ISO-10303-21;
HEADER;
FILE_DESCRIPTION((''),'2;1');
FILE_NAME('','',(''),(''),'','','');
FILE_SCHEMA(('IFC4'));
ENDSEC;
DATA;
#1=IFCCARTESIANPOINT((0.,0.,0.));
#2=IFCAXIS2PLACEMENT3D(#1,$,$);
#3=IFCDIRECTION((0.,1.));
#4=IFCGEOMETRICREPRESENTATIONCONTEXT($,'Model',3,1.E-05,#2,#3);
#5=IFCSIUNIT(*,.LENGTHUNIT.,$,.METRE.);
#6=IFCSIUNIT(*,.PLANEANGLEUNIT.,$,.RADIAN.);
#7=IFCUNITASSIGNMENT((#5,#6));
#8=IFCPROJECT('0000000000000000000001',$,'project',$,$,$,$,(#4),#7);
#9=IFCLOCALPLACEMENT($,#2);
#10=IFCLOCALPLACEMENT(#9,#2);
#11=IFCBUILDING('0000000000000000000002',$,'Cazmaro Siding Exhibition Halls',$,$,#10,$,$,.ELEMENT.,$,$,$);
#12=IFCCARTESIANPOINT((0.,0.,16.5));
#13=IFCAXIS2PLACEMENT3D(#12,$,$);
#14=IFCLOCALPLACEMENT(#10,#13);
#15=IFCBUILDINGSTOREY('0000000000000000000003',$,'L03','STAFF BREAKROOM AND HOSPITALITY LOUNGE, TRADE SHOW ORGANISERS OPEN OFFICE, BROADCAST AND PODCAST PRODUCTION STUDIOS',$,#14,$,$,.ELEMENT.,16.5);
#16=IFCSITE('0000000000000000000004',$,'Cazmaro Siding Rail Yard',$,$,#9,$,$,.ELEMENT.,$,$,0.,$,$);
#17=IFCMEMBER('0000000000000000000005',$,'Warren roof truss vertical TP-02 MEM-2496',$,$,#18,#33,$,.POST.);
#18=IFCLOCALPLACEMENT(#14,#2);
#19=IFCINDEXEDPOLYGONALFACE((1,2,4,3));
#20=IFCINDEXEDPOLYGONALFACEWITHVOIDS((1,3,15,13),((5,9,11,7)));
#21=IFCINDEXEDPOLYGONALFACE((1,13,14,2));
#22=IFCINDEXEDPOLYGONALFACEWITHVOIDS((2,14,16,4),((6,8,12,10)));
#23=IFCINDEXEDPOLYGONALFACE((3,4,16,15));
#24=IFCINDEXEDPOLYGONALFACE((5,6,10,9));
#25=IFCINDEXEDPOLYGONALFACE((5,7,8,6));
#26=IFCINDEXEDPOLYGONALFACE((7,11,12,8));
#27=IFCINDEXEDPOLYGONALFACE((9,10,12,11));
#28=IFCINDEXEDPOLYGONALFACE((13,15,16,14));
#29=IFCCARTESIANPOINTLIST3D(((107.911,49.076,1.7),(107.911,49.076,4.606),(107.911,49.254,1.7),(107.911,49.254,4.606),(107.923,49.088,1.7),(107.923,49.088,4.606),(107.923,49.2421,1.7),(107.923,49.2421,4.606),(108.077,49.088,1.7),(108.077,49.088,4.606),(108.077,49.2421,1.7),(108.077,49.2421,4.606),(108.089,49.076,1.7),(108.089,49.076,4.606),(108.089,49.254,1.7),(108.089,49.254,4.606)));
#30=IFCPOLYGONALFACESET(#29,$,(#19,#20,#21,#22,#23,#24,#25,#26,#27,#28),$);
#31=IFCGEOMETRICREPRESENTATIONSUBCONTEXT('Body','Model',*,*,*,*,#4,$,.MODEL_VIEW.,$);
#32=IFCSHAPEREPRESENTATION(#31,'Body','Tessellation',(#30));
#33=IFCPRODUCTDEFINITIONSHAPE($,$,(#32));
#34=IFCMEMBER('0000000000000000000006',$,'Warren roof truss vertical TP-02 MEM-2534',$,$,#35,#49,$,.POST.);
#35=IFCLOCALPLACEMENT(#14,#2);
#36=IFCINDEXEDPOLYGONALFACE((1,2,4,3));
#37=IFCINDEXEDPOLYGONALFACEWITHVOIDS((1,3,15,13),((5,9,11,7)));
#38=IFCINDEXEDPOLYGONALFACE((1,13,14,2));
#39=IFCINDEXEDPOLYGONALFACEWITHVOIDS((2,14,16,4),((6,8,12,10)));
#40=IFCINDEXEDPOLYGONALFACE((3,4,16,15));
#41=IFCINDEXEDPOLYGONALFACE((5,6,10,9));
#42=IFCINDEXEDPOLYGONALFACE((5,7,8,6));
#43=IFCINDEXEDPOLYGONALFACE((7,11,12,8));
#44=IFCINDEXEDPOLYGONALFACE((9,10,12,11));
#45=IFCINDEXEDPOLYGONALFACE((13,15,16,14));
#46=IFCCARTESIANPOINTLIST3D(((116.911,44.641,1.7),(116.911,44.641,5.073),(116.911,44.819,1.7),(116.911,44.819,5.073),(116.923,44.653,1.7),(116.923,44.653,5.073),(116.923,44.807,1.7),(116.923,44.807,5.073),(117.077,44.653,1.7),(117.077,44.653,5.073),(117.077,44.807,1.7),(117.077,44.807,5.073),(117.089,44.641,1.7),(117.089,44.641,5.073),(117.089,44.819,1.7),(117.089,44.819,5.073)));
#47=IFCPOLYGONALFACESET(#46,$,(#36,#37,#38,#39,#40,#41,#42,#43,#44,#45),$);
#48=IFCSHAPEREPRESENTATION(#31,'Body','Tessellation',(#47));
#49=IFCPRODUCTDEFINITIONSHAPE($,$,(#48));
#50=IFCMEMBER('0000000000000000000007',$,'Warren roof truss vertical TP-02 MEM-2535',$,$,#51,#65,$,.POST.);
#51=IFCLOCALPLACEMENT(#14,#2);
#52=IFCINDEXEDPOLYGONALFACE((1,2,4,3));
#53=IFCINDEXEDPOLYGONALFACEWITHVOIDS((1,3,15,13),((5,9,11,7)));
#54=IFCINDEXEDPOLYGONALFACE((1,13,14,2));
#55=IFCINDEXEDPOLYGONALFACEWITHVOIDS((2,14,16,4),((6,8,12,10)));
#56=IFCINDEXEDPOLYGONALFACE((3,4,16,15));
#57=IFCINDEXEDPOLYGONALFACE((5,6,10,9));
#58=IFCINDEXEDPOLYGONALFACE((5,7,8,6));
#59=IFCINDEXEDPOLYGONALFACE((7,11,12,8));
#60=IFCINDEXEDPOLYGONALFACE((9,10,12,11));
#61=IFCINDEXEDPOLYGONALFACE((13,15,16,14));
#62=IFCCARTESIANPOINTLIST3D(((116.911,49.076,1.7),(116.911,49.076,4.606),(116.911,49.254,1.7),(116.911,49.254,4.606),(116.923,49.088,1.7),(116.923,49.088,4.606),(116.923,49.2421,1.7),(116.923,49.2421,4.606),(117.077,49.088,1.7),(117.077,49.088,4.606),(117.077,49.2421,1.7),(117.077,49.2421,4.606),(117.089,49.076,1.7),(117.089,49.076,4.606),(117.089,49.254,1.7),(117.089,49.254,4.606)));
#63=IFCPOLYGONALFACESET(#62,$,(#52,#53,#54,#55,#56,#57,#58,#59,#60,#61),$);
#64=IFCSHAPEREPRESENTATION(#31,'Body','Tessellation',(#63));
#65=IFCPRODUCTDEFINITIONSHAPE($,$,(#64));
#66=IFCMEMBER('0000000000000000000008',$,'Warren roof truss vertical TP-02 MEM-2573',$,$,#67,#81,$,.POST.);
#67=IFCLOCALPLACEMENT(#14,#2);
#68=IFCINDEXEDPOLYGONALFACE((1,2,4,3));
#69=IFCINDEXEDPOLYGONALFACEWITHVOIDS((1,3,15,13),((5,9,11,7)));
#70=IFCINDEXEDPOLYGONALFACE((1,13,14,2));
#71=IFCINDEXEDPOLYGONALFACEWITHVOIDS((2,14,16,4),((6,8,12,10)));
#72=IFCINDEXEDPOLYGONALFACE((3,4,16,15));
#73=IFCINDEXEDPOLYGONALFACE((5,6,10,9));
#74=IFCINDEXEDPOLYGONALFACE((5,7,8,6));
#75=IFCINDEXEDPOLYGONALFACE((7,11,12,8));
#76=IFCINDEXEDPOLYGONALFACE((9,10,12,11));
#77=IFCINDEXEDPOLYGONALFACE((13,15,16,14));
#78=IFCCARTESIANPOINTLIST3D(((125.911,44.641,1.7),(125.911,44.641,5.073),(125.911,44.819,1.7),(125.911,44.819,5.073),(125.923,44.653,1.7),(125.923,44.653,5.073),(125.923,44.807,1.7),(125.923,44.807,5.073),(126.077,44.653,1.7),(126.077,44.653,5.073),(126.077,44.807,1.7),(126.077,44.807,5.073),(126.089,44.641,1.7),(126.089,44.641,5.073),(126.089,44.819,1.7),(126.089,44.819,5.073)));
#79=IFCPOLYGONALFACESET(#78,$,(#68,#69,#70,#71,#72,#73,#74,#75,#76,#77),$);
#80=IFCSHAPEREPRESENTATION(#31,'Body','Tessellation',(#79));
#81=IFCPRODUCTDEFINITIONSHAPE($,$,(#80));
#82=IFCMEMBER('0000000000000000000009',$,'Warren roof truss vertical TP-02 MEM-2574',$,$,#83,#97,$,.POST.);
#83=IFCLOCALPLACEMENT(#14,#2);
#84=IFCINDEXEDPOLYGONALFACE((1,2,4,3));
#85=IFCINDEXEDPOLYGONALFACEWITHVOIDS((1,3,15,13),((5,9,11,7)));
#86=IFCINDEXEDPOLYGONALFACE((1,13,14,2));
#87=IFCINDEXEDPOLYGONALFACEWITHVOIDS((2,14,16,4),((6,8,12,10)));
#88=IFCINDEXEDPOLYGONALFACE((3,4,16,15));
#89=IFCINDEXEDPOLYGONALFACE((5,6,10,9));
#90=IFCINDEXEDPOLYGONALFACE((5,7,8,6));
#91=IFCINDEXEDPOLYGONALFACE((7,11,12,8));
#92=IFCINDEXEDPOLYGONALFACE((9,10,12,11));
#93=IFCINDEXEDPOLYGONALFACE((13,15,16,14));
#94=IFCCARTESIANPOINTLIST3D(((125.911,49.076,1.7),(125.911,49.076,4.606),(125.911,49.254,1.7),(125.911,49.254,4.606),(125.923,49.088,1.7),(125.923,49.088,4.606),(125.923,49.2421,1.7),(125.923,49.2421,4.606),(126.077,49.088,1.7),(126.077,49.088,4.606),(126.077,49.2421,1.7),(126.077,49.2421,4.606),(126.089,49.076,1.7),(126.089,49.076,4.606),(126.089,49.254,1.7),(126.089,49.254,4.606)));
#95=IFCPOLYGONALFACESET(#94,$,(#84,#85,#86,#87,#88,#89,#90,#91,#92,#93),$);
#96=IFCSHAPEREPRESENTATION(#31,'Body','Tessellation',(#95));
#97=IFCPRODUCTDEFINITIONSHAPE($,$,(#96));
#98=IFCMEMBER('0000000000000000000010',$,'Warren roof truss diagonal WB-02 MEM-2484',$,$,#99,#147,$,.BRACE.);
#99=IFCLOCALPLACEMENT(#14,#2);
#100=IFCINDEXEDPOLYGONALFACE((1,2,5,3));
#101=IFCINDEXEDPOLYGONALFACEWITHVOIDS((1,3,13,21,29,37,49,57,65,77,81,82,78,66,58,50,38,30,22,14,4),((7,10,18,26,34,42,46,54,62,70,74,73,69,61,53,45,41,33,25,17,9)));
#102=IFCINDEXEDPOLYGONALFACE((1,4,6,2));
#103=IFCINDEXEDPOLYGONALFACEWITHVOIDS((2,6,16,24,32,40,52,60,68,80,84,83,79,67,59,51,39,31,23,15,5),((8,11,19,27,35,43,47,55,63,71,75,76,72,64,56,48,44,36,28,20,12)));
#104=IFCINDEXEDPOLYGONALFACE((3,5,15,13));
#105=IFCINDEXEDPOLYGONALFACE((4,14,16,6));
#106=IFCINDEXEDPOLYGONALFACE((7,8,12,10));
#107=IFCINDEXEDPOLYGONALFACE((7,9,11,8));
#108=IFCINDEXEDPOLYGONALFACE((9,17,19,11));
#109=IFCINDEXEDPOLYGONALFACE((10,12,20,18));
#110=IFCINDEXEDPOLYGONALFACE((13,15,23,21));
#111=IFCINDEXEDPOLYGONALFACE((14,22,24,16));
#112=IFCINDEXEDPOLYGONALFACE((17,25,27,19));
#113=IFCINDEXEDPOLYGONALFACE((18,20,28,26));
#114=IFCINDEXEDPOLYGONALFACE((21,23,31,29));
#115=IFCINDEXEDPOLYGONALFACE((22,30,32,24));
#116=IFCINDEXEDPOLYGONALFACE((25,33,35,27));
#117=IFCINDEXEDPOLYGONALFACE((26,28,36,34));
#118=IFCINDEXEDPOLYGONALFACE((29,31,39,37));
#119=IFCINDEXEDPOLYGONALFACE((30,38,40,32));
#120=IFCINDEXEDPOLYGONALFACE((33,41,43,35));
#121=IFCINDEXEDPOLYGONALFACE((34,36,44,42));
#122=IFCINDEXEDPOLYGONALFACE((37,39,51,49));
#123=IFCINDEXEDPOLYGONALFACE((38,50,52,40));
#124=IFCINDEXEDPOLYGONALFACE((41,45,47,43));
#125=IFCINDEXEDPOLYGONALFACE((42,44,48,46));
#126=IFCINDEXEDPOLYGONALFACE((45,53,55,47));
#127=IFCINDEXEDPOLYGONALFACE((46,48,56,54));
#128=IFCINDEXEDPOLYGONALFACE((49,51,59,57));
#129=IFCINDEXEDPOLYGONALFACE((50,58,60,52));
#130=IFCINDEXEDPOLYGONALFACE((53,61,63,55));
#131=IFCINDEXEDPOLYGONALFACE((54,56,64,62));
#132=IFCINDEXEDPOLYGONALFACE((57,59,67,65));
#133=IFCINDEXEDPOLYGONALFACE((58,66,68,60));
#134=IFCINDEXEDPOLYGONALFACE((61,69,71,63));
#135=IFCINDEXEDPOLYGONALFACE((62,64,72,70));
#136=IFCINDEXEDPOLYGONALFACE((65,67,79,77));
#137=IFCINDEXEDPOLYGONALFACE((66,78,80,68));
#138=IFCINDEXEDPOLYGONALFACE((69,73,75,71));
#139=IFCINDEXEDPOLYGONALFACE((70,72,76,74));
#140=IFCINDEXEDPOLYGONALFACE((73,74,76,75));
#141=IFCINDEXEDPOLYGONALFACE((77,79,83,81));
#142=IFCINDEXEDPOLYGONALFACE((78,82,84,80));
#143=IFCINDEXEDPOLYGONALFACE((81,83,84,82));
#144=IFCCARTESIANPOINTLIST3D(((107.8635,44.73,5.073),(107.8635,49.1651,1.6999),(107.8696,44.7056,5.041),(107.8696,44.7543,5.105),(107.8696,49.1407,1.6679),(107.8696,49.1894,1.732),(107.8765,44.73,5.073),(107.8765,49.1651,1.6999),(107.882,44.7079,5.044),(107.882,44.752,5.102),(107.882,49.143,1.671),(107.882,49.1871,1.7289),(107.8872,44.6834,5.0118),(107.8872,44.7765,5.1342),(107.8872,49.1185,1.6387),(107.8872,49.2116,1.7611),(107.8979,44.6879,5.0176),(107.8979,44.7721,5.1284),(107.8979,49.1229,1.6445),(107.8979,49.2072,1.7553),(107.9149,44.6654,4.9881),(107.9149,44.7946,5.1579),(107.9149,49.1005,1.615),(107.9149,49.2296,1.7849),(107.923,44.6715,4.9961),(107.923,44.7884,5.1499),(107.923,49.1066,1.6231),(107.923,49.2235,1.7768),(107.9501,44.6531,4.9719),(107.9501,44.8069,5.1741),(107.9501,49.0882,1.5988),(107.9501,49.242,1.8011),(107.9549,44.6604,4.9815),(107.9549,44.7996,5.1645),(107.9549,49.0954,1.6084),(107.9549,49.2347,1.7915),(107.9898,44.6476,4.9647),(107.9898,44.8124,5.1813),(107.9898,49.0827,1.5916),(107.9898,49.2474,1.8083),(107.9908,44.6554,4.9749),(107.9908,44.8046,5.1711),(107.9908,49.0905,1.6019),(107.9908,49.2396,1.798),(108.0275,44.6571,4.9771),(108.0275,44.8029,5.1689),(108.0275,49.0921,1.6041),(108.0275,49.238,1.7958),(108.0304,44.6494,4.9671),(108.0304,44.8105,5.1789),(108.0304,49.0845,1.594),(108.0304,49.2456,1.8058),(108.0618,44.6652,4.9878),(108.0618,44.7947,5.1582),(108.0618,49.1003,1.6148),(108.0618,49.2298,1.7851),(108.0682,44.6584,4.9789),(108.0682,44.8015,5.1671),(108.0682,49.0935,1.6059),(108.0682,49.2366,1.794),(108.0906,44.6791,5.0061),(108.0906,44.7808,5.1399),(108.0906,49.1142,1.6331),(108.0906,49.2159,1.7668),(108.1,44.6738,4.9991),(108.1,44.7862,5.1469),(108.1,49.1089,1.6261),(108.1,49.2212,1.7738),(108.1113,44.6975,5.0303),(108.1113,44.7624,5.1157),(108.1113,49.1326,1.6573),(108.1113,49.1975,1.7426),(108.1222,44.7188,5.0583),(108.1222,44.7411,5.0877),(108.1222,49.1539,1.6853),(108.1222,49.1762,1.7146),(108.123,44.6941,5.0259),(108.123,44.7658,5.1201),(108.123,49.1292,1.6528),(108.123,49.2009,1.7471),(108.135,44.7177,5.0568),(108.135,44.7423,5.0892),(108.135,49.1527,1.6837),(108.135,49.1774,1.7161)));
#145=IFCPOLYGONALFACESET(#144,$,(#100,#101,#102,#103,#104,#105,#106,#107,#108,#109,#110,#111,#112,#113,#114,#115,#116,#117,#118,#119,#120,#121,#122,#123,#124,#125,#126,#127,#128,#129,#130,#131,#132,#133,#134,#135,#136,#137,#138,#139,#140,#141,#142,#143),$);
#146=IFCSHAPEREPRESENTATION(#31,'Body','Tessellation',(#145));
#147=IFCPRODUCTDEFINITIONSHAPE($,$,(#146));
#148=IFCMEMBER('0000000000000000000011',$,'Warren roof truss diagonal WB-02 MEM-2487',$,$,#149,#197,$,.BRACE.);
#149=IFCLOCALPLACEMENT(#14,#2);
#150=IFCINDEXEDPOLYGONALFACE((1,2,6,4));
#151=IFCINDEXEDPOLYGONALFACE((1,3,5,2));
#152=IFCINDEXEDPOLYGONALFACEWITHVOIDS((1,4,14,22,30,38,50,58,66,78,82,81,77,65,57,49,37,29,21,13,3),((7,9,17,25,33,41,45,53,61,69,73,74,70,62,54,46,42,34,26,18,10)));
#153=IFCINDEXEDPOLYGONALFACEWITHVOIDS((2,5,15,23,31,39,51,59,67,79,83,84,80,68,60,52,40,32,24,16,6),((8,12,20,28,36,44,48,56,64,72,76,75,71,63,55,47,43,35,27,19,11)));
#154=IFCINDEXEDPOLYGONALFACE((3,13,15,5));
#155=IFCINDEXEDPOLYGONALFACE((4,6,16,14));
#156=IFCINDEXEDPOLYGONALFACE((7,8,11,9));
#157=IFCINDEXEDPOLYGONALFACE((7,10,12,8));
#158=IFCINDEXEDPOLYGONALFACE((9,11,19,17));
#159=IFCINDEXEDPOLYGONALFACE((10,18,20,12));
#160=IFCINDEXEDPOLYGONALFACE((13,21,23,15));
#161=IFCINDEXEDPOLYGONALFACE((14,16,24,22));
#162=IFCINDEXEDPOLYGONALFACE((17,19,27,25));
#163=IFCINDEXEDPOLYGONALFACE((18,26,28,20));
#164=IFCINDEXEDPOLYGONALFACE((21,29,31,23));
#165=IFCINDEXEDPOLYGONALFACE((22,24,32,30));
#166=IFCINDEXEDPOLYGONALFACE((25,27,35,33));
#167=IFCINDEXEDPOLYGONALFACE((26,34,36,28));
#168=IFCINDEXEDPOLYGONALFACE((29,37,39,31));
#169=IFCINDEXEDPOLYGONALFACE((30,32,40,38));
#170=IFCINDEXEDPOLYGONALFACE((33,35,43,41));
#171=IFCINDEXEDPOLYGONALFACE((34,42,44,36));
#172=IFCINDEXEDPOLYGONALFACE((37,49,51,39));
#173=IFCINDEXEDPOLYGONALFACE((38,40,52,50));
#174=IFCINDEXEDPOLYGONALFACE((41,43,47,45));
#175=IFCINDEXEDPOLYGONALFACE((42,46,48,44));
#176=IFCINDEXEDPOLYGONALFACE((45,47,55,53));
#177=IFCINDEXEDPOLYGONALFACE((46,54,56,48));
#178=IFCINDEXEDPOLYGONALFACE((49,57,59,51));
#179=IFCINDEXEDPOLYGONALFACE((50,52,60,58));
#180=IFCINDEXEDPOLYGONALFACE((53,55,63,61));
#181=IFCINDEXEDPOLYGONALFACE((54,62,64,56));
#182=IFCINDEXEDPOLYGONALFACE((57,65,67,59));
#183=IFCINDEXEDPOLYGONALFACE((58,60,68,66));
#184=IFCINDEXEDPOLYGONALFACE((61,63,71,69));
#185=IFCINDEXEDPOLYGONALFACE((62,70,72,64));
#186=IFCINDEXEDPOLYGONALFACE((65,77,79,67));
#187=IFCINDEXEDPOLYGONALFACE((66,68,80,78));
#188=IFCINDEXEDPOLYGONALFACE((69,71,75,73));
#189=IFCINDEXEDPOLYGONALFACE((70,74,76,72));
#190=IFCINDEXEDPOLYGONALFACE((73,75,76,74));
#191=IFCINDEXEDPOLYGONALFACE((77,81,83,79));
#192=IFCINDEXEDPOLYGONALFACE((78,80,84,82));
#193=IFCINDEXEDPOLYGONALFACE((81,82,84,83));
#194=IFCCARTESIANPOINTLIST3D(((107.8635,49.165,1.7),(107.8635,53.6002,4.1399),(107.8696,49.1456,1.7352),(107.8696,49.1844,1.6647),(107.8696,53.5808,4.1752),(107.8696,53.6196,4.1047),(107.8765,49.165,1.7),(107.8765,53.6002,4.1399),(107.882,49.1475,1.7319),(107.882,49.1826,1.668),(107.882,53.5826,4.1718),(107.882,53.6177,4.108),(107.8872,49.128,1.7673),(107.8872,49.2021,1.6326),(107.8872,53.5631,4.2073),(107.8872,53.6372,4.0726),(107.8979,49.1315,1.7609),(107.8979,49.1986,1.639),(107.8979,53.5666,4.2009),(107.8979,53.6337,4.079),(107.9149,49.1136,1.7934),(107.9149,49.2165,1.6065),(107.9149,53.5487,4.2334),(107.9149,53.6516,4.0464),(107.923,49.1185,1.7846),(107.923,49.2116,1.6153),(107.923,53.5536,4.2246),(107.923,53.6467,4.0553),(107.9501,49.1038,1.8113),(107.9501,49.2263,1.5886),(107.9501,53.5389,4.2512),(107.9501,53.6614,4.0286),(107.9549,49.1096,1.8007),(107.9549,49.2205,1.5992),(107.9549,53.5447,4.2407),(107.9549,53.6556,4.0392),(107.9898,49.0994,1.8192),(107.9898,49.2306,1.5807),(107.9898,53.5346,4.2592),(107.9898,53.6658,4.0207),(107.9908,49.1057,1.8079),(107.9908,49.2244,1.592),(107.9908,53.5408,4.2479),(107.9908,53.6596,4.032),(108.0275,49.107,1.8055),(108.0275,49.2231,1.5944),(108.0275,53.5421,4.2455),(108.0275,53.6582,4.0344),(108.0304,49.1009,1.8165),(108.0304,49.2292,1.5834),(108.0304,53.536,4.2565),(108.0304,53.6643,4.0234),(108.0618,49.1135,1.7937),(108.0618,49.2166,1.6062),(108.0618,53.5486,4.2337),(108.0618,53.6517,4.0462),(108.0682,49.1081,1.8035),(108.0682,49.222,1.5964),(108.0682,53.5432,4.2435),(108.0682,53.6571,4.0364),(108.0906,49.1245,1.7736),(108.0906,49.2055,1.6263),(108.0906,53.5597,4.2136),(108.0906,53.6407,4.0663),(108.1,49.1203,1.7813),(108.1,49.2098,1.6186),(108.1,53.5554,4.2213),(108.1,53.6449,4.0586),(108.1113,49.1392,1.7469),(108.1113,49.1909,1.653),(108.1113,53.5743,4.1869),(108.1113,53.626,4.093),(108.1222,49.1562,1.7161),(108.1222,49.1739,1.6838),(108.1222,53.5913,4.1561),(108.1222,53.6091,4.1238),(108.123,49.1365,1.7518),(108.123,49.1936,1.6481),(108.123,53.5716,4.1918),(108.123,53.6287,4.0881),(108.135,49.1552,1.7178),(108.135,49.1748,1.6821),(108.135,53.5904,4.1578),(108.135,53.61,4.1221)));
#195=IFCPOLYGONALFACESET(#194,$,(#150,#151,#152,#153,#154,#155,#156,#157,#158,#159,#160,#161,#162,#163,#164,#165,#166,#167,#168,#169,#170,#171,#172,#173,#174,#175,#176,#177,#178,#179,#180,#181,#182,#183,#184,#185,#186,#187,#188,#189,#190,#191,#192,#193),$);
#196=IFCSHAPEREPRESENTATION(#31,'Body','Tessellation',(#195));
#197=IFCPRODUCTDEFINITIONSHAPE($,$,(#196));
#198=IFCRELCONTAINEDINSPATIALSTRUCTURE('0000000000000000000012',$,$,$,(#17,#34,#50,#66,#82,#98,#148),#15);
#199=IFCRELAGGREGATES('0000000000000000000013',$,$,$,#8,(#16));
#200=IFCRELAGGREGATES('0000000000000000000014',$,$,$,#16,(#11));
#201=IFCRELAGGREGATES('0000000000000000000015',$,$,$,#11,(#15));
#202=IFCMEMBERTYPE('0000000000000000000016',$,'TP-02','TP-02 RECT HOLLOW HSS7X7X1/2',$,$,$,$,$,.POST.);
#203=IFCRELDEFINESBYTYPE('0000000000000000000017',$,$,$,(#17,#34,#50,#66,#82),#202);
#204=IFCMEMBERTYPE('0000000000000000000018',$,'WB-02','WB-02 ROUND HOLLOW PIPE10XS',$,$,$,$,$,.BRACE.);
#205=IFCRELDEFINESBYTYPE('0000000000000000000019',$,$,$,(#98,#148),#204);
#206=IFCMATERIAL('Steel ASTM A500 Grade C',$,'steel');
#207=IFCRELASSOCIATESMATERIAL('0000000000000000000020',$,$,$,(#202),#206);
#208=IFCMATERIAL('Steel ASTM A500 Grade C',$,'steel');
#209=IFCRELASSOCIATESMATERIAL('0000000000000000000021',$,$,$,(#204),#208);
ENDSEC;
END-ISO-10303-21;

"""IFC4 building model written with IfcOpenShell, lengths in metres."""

from ifc_helpers import new_model, si_unit, direction, frame, origin, origin_2d, place, context, subcontext, project, spatial, hollow_rectangle, hollow_circle, extrude, material, material_profile, profile_set, type_object, element, save


model = new_model("IFC4")

# Units and contexts
model_context = context("Model", 3, precision=1e-05, world=origin(), true_north=direction((0.0, 1.0)))
body_context = subcontext(model_context, "Body", "Model", "MODEL_VIEW")
ifc_project = project(units=[si_unit("LENGTHUNIT", "METRE"), si_unit("PLANEANGLEUNIT", "RADIAN")], contexts=[model_context])

# Site, building, storey
site_placement = place(None, origin())
site = spatial("IfcSite", under=ifc_project, at=site_placement, Name="Cazmaro Siding Rail Yard", CompositionType="ELEMENT", RefElevation=0.0)
building_placement = place(site_placement, origin())
building = spatial("IfcBuilding", under=site, at=building_placement, Name="Cazmaro Siding Exhibition Halls", CompositionType="ELEMENT")
storey_placement = place(building_placement, frame((0.0, 0.0, 16.5)))
storey = spatial("IfcBuildingStorey", under=building, at=storey_placement, Name="L03", Description="STAFF BREAKROOM AND HOSPITALITY LOUNGE, TRADE SHOW ORGANISERS OPEN OFFICE, BROADCAST AND PODCAST PRODUCTION STUDIOS", CompositionType="ELEMENT", Elevation=16.5)

# Members
ifc_material_1 = material(Name="Steel ASTM A500 Grade C", Category="steel")
ifc_material_profile_1 = material_profile(ifc_material_1, hollow_rectangle(XDim=0.178, YDim=0.178, WallThickness=0.012, at=origin_2d()), Name="HSS7X7X1/2")
ifc_profile_set_1 = profile_set([ifc_material_profile_1], Name="Steel ASTM A500 Grade C")
member_type_1 = type_object("IfcMemberType", Name="TP-02", Description="TP-02 RECT HOLLOW HSS7X7X1/2", PredefinedType="POST", material=ifc_profile_set_1)
member_1_placement = place(storey_placement, frame((108.0, 49.165, 1.7), z_axis=(0.0, 0.0, 1.0), x_axis=(1.0, 0.0, 0.0)))
element("IfcMember", 1, at=member_1_placement, inside=storey, type_object=member_type_1, Name="Warren roof truss vertical TP-02 MEM-2496", PredefinedType="POST", context=body_context, shape_type="SweptSolid", body=[
    extrude(hollow_rectangle(XDim=0.178, YDim=0.178, WallThickness=0.012, at=origin_2d()), origin(), (0.0, 0.0, 1.0), 2.906),
])
member_2_placement = place(storey_placement, frame((117.0, 44.73, 1.7), z_axis=(0.0, 0.0, 1.0), x_axis=(1.0, 0.0, 0.0)))
element("IfcMember", 2, at=member_2_placement, inside=storey, type_object=member_type_1, Name="Warren roof truss vertical TP-02 MEM-2534", PredefinedType="POST", context=body_context, shape_type="SweptSolid", body=[
    extrude(hollow_rectangle(XDim=0.178, YDim=0.178, WallThickness=0.012, at=origin_2d()), origin(), (0.0, 0.0, 1.0), 3.373),
])
member_3_placement = place(storey_placement, frame((117.0, 49.165, 1.7), z_axis=(0.0, 0.0, 1.0), x_axis=(1.0, 0.0, 0.0)))
element("IfcMember", 3, at=member_3_placement, inside=storey, type_object=member_type_1, Name="Warren roof truss vertical TP-02 MEM-2535", PredefinedType="POST", context=body_context, shape_type="SweptSolid", body=[
    extrude(hollow_rectangle(XDim=0.178, YDim=0.178, WallThickness=0.012, at=origin_2d()), origin(), (0.0, 0.0, 1.0), 2.906),
])
member_4_placement = place(storey_placement, frame((126.0, 44.73, 1.7), z_axis=(0.0, 0.0, 1.0), x_axis=(1.0, 0.0, 0.0)))
element("IfcMember", 4, at=member_4_placement, inside=storey, type_object=member_type_1, Name="Warren roof truss vertical TP-02 MEM-2573", PredefinedType="POST", context=body_context, shape_type="SweptSolid", body=[
    extrude(hollow_rectangle(XDim=0.178, YDim=0.178, WallThickness=0.012, at=origin_2d()), origin(), (0.0, 0.0, 1.0), 3.373),
])
member_5_placement = place(storey_placement, frame((126.0, 49.165, 1.7), z_axis=(0.0, 0.0, 1.0), x_axis=(1.0, 0.0, 0.0)))
element("IfcMember", 5, at=member_5_placement, inside=storey, type_object=member_type_1, Name="Warren roof truss vertical TP-02 MEM-2574", PredefinedType="POST", context=body_context, shape_type="SweptSolid", body=[
    extrude(hollow_rectangle(XDim=0.178, YDim=0.178, WallThickness=0.012, at=origin_2d()), origin(), (0.0, 0.0, 1.0), 2.906),
])
ifc_material_2 = material(Name="Steel ASTM A500 Grade C", Category="steel")
ifc_material_profile_2 = material_profile(ifc_material_2, hollow_circle(Radius=0.1365, WallThickness=0.0129, at=origin_2d()), Name="PIPE10XS")
ifc_profile_set_2 = profile_set([ifc_material_profile_2], Name="Steel ASTM A500 Grade C")
member_type_2 = type_object("IfcMemberType", Name="WB-02", Description="WB-02 ROUND HOLLOW PIPE10XS", PredefinedType="BRACE", material=ifc_profile_set_2)
member_6_placement = place(storey_placement, frame((108.0, 44.73, 5.073), z_axis=(0.0, 0.795954, -0.605357), x_axis=(-1.0, 0.0, 0.0)))
element("IfcMember", 6, at=member_6_placement, inside=storey, type_object=member_type_2, Name="Warren roof truss diagonal WB-02 MEM-2484", PredefinedType="BRACE", context=body_context, shape_type="SweptSolid", body=[
    extrude(hollow_circle(Radius=0.1365, WallThickness=0.0129, at=origin_2d()), origin(), (0.0, 0.0, 1.0), 5.572),
])
member_7_placement = place(storey_placement, frame((108.0, 49.165, 1.7), z_axis=(0.0, 0.876161, 0.482019), x_axis=(-1.0, 0.0, 0.0)))
element("IfcMember", 7, at=member_7_placement, inside=storey, type_object=member_type_2, Name="Warren roof truss diagonal WB-02 MEM-2487", PredefinedType="BRACE", context=body_context, shape_type="SweptSolid", body=[
    extrude(hollow_circle(Radius=0.1365, WallThickness=0.0129, at=origin_2d()), origin(), (0.0, 0.0, 1.0), 5.062),
])

save(model, "model.ifc")
